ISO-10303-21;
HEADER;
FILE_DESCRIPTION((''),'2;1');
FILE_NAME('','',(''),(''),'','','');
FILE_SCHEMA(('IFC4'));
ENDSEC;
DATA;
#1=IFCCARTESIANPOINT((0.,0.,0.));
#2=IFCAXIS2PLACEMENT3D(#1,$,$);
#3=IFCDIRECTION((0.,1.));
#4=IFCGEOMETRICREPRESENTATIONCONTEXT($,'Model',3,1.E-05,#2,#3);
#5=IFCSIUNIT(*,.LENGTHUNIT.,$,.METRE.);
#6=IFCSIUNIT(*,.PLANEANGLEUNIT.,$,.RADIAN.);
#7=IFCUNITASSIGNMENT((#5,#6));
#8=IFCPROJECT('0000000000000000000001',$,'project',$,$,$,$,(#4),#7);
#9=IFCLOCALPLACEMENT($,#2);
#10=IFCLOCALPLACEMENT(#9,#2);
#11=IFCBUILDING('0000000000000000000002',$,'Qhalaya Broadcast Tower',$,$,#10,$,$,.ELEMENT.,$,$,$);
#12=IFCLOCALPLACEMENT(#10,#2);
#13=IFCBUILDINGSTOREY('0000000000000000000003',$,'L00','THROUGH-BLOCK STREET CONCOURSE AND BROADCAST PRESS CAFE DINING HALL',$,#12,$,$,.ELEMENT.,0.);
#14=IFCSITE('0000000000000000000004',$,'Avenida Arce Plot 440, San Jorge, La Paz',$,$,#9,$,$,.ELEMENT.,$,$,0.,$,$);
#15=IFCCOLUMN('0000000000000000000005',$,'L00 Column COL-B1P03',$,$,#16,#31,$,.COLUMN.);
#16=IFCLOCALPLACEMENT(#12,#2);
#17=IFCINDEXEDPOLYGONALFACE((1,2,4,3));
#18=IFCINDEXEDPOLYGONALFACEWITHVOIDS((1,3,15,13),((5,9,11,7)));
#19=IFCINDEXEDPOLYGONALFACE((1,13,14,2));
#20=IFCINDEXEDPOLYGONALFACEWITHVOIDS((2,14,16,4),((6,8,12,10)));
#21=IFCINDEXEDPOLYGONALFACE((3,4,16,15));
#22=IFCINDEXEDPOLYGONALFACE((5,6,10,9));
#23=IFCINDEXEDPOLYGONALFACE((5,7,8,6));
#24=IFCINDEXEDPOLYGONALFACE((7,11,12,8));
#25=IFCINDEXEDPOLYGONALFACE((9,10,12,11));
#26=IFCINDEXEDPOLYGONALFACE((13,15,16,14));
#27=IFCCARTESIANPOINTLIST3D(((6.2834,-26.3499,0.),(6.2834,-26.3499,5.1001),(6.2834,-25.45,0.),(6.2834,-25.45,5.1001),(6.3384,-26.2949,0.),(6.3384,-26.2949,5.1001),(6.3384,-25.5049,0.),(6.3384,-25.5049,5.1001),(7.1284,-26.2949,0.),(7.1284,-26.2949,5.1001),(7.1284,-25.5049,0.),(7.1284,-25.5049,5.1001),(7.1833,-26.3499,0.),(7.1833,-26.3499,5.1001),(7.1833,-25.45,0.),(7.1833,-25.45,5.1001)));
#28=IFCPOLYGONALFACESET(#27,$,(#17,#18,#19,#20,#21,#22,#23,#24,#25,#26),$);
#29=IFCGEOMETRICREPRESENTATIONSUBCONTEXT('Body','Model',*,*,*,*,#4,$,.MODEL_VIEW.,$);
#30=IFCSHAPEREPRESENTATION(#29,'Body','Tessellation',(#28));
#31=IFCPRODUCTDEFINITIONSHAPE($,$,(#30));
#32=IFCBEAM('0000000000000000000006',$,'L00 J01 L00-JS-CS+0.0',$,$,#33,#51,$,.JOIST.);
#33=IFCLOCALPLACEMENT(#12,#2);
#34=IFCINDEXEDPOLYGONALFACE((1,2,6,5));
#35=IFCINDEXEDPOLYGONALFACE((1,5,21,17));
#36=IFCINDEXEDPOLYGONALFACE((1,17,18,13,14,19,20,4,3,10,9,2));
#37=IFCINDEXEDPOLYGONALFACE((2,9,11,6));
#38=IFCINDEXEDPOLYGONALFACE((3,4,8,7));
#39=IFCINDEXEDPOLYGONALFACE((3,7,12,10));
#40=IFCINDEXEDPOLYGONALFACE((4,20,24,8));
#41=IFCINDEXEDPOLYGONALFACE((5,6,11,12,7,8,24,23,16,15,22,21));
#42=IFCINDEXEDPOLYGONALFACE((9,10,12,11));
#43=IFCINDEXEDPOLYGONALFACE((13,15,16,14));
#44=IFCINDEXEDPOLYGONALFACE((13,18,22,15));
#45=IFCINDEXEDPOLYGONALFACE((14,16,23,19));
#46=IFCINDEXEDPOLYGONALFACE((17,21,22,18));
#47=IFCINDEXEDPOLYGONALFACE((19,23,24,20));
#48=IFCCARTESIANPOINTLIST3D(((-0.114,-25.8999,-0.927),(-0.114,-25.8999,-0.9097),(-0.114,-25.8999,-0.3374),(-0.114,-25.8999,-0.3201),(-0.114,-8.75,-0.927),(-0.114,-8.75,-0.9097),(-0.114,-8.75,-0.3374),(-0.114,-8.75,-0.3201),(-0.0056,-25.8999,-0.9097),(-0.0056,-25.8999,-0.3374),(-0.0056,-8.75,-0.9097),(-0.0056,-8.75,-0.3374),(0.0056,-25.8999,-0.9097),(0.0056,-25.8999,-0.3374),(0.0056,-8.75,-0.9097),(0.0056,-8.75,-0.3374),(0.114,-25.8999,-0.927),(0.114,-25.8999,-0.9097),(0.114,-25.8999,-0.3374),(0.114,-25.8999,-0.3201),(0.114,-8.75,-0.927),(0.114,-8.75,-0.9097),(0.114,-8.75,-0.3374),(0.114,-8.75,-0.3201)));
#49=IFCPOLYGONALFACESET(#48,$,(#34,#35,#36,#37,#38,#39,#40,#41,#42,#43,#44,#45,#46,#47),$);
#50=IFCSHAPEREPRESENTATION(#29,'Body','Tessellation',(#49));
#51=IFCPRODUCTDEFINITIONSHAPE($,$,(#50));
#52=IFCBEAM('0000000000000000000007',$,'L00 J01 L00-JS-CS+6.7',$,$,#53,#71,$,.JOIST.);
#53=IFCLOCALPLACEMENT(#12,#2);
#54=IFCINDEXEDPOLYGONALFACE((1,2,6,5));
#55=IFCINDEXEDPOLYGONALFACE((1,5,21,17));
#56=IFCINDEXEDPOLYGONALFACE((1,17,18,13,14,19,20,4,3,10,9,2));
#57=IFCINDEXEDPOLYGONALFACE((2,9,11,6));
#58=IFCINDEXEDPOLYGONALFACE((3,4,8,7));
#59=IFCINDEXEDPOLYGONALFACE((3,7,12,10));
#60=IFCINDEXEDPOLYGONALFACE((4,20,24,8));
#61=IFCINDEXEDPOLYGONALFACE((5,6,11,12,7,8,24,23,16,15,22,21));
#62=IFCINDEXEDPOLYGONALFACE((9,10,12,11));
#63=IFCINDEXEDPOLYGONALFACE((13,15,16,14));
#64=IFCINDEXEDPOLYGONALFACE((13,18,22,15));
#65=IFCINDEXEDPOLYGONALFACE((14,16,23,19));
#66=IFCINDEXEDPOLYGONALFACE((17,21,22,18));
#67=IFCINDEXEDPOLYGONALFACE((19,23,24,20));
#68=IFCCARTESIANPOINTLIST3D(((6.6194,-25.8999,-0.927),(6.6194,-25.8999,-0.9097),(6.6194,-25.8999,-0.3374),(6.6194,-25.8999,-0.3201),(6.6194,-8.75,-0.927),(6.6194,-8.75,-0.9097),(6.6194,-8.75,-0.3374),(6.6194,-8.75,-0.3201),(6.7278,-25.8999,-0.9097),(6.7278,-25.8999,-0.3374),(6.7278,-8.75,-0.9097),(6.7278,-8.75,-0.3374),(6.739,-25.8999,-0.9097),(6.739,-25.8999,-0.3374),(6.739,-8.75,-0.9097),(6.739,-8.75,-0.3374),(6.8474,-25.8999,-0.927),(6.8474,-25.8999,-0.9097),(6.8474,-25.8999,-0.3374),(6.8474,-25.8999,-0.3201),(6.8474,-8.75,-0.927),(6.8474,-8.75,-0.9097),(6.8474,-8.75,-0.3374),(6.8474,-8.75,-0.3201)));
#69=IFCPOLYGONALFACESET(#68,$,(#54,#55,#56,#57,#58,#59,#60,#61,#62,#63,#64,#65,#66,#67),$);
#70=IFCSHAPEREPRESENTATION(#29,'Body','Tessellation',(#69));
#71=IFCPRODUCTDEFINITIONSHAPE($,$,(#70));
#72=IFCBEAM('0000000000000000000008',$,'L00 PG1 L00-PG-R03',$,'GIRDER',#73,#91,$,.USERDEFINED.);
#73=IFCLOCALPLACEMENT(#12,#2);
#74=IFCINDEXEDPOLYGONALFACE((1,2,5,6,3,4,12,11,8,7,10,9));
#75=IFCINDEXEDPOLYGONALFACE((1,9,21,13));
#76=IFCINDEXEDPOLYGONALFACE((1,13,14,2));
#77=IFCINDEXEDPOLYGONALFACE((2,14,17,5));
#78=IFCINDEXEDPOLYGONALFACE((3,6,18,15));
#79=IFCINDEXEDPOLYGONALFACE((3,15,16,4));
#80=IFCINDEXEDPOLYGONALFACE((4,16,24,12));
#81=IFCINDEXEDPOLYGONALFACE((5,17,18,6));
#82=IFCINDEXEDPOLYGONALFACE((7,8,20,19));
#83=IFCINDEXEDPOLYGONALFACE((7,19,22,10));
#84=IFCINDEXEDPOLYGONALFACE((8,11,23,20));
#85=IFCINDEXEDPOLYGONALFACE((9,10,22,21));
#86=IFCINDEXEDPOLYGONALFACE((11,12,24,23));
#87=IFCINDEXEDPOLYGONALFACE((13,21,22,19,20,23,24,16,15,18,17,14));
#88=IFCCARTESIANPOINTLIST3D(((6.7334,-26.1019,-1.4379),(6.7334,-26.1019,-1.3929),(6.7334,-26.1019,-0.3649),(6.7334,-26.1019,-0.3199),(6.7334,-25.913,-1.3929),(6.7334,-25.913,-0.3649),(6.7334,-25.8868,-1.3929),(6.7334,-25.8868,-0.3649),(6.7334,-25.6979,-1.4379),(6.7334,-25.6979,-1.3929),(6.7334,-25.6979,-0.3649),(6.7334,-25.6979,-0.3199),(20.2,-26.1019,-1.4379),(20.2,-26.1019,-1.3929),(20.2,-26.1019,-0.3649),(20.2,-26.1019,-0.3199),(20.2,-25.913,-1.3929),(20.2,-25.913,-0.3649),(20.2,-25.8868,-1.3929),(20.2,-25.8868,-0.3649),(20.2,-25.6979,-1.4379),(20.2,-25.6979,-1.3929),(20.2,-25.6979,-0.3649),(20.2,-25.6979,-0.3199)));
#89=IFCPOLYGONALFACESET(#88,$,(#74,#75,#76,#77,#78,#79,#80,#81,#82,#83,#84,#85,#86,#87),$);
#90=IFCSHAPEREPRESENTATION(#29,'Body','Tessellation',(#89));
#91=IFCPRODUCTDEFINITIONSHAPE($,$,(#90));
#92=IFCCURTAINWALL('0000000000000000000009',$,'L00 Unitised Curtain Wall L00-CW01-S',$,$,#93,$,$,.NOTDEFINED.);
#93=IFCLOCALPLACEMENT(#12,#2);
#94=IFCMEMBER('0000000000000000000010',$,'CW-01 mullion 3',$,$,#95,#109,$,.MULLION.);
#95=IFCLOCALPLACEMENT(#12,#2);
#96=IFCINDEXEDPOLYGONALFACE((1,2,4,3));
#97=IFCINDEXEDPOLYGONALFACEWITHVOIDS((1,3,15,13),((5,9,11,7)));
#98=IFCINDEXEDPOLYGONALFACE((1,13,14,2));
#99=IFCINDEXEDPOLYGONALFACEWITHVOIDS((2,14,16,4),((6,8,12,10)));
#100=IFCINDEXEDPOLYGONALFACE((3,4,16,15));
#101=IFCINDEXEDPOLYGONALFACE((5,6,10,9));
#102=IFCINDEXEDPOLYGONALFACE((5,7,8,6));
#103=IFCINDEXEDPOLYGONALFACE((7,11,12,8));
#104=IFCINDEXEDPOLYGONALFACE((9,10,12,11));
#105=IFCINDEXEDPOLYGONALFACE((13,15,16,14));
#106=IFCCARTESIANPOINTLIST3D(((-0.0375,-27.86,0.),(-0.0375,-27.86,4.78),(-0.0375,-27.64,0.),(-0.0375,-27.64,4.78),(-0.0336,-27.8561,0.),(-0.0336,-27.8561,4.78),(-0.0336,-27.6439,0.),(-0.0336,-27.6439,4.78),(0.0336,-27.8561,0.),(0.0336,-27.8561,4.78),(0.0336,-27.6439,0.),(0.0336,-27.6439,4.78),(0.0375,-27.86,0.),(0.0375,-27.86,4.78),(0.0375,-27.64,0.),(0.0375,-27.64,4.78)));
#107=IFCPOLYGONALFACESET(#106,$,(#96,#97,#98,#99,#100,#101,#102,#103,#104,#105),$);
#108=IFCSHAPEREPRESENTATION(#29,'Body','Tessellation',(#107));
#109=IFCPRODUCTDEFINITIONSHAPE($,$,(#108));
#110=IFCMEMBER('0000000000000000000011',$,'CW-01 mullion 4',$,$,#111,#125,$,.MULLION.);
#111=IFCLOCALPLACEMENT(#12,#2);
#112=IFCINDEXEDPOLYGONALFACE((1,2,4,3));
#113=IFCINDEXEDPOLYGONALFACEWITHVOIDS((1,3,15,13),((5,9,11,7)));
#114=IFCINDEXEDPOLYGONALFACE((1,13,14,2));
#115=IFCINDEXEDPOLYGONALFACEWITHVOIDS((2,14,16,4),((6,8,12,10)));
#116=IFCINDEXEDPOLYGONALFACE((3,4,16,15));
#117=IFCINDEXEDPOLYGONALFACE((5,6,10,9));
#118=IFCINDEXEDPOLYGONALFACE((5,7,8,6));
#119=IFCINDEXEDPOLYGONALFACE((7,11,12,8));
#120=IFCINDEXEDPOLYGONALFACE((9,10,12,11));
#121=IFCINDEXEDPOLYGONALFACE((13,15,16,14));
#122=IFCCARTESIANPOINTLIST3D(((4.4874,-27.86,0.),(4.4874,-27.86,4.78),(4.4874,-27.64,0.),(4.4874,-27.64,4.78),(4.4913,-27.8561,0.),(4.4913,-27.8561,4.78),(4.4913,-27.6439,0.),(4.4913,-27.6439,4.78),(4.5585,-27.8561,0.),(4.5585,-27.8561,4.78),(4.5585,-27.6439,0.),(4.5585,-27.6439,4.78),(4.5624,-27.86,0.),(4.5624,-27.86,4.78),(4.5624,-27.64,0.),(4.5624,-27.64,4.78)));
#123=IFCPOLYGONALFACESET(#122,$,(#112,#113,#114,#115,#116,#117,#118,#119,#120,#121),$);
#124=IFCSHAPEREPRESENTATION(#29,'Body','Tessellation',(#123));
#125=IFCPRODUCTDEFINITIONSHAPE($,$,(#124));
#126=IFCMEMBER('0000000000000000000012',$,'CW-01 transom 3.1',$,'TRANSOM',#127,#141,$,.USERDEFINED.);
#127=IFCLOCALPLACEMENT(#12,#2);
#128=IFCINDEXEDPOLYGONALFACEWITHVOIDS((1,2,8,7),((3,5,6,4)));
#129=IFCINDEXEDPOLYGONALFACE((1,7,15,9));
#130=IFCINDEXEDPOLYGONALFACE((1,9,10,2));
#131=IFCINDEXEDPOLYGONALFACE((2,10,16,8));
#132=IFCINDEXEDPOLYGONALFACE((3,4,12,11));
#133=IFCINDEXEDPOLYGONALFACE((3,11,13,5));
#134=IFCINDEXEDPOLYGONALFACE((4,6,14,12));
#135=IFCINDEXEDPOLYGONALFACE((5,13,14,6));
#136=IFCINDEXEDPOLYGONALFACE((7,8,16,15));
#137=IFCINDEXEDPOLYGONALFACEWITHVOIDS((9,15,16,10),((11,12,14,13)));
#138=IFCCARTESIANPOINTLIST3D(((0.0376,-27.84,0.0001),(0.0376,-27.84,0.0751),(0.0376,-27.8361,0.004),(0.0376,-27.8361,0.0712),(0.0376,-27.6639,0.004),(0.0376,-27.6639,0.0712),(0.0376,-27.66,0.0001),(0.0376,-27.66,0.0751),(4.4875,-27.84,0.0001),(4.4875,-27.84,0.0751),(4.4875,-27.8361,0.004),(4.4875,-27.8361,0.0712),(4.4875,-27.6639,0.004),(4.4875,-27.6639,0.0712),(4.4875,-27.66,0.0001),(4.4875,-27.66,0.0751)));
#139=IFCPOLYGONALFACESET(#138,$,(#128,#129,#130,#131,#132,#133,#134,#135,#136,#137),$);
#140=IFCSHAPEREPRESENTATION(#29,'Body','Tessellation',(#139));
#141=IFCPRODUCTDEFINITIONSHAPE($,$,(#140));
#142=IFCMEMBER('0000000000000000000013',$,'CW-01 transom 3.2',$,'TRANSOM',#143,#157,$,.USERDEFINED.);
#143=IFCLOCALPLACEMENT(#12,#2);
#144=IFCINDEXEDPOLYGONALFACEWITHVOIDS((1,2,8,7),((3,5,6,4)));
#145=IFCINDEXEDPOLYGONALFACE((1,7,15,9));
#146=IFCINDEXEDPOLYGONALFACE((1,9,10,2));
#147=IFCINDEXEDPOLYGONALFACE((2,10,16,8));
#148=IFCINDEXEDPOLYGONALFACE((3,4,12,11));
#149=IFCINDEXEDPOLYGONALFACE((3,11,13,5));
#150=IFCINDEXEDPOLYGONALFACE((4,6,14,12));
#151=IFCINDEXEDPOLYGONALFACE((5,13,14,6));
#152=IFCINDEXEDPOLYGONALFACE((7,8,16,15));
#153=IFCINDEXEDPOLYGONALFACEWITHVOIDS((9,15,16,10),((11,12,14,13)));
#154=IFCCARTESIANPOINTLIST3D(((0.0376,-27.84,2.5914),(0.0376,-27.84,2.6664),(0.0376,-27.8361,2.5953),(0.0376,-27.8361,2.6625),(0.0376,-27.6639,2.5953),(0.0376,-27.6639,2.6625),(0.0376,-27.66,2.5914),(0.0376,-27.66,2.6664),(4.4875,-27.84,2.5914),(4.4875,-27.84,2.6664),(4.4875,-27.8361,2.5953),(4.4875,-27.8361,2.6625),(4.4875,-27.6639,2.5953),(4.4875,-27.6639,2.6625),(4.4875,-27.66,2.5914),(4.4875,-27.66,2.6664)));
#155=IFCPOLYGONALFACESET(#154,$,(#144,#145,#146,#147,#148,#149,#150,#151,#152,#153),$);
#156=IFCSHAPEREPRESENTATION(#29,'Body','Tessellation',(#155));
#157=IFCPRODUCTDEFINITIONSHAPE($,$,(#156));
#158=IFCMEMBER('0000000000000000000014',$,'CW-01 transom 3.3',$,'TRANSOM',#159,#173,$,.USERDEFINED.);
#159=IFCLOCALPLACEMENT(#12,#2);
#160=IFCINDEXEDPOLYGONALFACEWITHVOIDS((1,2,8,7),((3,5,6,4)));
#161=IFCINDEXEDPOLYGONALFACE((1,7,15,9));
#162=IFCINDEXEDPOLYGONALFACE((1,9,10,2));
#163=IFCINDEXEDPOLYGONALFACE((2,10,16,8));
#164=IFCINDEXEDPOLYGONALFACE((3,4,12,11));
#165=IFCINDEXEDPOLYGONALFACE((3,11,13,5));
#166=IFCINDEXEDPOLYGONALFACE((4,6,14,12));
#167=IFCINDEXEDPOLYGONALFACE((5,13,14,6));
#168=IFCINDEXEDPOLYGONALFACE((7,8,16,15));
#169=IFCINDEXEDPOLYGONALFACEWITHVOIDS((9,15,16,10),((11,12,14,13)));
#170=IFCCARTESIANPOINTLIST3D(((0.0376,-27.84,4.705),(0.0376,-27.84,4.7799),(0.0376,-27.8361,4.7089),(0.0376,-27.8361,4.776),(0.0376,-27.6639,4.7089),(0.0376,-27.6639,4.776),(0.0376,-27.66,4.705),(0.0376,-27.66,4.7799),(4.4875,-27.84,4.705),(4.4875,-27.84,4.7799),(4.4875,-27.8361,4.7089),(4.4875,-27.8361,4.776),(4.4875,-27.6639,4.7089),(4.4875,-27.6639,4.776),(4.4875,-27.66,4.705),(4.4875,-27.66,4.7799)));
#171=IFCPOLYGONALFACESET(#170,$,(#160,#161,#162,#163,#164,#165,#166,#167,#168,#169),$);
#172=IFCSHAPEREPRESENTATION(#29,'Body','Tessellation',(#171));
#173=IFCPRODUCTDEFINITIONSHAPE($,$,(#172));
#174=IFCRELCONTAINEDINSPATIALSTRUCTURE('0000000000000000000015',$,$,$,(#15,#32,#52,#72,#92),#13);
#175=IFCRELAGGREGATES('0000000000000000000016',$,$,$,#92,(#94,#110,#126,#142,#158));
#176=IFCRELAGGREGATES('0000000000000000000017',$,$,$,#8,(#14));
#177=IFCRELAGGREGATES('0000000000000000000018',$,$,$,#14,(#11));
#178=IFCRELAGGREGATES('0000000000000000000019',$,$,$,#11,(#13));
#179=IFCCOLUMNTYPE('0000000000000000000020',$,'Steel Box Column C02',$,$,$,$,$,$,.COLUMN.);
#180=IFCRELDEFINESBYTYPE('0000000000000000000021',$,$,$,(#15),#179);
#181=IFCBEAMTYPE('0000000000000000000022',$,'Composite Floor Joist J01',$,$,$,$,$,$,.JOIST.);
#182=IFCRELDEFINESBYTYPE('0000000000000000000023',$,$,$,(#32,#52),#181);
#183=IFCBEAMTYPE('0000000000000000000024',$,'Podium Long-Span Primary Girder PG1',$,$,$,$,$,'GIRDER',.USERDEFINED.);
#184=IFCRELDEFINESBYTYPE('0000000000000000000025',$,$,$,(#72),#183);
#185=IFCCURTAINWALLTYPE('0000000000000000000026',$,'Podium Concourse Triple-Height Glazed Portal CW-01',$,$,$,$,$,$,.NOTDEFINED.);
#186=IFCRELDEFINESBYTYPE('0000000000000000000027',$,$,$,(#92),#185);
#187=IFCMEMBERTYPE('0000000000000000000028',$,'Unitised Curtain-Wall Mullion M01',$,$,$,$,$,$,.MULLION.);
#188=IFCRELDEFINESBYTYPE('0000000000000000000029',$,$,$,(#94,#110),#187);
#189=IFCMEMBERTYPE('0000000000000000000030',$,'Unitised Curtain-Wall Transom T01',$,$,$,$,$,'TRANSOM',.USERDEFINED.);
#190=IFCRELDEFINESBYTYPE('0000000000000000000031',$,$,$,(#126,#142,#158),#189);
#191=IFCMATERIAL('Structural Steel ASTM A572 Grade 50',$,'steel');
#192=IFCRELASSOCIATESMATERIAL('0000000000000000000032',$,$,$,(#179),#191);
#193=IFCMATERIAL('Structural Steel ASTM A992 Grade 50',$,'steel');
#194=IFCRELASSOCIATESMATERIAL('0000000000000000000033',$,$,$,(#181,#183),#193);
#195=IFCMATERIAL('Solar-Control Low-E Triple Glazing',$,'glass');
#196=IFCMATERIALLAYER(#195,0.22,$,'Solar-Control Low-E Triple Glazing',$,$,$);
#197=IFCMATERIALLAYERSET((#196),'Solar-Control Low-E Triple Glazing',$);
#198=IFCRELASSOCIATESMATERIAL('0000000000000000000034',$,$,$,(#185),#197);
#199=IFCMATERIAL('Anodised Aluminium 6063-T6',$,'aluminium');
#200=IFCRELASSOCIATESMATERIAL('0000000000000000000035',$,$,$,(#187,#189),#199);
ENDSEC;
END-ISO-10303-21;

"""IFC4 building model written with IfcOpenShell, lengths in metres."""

from ifc_helpers import new_model, si_unit, direction, frame, origin, origin_2d, place, context, subcontext, project, spatial, hollow_rectangle, i_section, extrude, material, layer, layer_set, material_profile, profile_set, type_object, element, aggregate, save


model = new_model("IFC4")

# Units and contexts
model_context = context("Model", 3, precision=1e-05, world=origin(), true_north=direction((0.0, 1.0)))
body_context = subcontext(model_context, "Body", "Model", "MODEL_VIEW")
ifc_project = project(units=[si_unit("LENGTHUNIT", "METRE"), si_unit("PLANEANGLEUNIT", "RADIAN")], contexts=[model_context])

# Site, building, storey
site_placement = place(None, origin())
site = spatial("IfcSite", under=ifc_project, at=site_placement, Name="Avenida Arce Plot 440, San Jorge, La Paz", CompositionType="ELEMENT", RefElevation=0.0)
building_placement = place(site_placement, origin())
building = spatial("IfcBuilding", under=site, at=building_placement, Name="Qhalaya Broadcast Tower", CompositionType="ELEMENT")
storey_placement = place(building_placement, origin())
storey = spatial("IfcBuildingStorey", under=building, at=storey_placement, Name="L00", Description="THROUGH-BLOCK STREET CONCOURSE AND BROADCAST PRESS CAFE DINING HALL", CompositionType="ELEMENT", Elevation=0.0)

# Column
ifc_material_1 = material(Name="Structural Steel ASTM A572 Grade 50", Category="steel")
ifc_material_profile_1 = material_profile(ifc_material_1, hollow_rectangle(XDim=0.8999, YDim=0.8999, WallThickness=0.0549, at=origin_2d()), Name="BOX 900x900x55")
ifc_profile_set_1 = profile_set([ifc_material_profile_1], Name="Structural Steel ASTM A572 Grade 50")
column_type = type_object("IfcColumnType", Name="Steel Box Column C02", PredefinedType="COLUMN", material=ifc_profile_set_1)
column_placement = place(storey_placement, frame((6.7334, -25.8999, 0.0), z_axis=(0.0, 0.0, 1.0), x_axis=(1.0, 0.0, 0.0)))
element("IfcColumn", 1, at=column_placement, inside=storey, type_object=column_type, Name="L00 Column COL-B1P03", PredefinedType="COLUMN", context=body_context, shape_type="SweptSolid", body=[
    extrude(hollow_rectangle(XDim=0.8999, YDim=0.8999, WallThickness=0.0549, at=origin_2d()), origin(), (0.0, 0.0, 1.0), 5.1001),
])

# Beams
ifc_material_2 = material(Name="Structural Steel ASTM A992 Grade 50", Category="steel")
ifc_material_profile_2 = material_profile(ifc_material_2, i_section(OverallWidth=0.228, OverallDepth=0.6069, WebThickness=0.0112, FlangeThickness=0.0173, at=origin_2d()), Name="W24X76")
ifc_profile_set_2 = profile_set([ifc_material_profile_2], Name="Structural Steel ASTM A992 Grade 50")
beam_type_1 = type_object("IfcBeamType", Name="Composite Floor Joist J01", PredefinedType="JOIST", material=ifc_profile_set_2)
for number, where, z_axis, x_axis, name in (
    (2, (0.0, -25.8999, -0.6235), (0.0, 1.0, 0.0), (-1.0, 0.0, 0.0), "L00 J01 L00-JS-CS+0.0"),
    (3, (6.7334, -25.8999, -0.6235), (0.0, 1.0, 0.0), (-1.0, 0.0, 0.0), "L00 J01 L00-JS-CS+6.7"),
):
    element("IfcBeam", number, at=place(storey_placement, frame(where, z_axis=z_axis, x_axis=x_axis)), inside=storey, type_object=beam_type_1, Name=name, PredefinedType="JOIST", context=body_context, shape_type="SweptSolid", body=[
        extrude(i_section(OverallWidth=0.228, OverallDepth=0.6069, WebThickness=0.0112, FlangeThickness=0.0173, at=origin_2d()), origin(), (0.0, 0.0, 1.0), 17.1499),
    ])
ifc_material_profile_3 = material_profile(ifc_material_2, i_section(OverallWidth=0.4041, OverallDepth=1.1179, WebThickness=0.0261, FlangeThickness=0.0449, at=origin_2d()), Name="W44X335")
ifc_profile_set_3 = profile_set([ifc_material_profile_3], Name="Structural Steel ASTM A992 Grade 50")
beam_type_2 = type_object("IfcBeamType", Name="Podium Long-Span Primary Girder PG1", ElementType="GIRDER", PredefinedType="USERDEFINED", material=ifc_profile_set_3)
beam_placement = place(storey_placement, frame((6.7334, -25.8999, -0.8789), z_axis=(1.0, 0.0, 0.0), x_axis=(0.0, 1.0, 0.0)))
element("IfcBeam", 4, at=beam_placement, inside=storey, type_object=beam_type_2, Name="L00 PG1 L00-PG-R03", ObjectType="GIRDER", PredefinedType="USERDEFINED", context=body_context, shape_type="SweptSolid", body=[
    extrude(i_section(OverallWidth=0.4041, OverallDepth=1.1179, WebThickness=0.0261, FlangeThickness=0.0449, at=origin_2d()), origin(), (0.0, 0.0, 1.0), 13.4666),
])

# Curtain wall, members
ifc_material_3 = material(Name="Solar-Control Low-E Triple Glazing", Category="glass")
ifc_layer_1 = layer(ifc_material_3, 0.22, Name="Solar-Control Low-E Triple Glazing")
ifc_layer_set_1 = layer_set([ifc_layer_1], Name="Solar-Control Low-E Triple Glazing")
curtain_wall_type = type_object("IfcCurtainWallType", Name="Podium Concourse Triple-Height Glazed Portal CW-01", PredefinedType="NOTDEFINED", material=ifc_layer_set_1)
curtain_wall_placement = place(storey_placement, origin())
curtain_wall = element("IfcCurtainWall", 5, at=curtain_wall_placement, inside=storey, type_object=curtain_wall_type, Name="L00 Unitised Curtain Wall L00-CW01-S", PredefinedType="NOTDEFINED")
ifc_material_4 = material(Name="Anodised Aluminium 6063-T6", Category="aluminium")
ifc_material_profile_4 = material_profile(ifc_material_4, hollow_rectangle(XDim=0.075, YDim=0.22, WallThickness=0.0039, at=origin_2d()), Name="ALU-MUL 75x220x4")
ifc_profile_set_4 = profile_set([ifc_material_profile_4], Name="Anodised Aluminium 6063-T6")
member_type_1 = type_object("IfcMemberType", Name="Unitised Curtain-Wall Mullion M01", PredefinedType="MULLION", material=ifc_profile_set_4)
member_1_placement = place(storey_placement, frame((0.0, -27.75, 0.0), z_axis=(0.0, 0.0, 1.0), x_axis=(1.0, 0.0, 0.0)))
member_1 = element("IfcMember", 6, at=member_1_placement, type_object=member_type_1, Name="CW-01 mullion 3", PredefinedType="MULLION", context=body_context, shape_type="SweptSolid", body=[
    extrude(hollow_rectangle(XDim=0.075, YDim=0.22, WallThickness=0.0039, at=origin_2d()), origin(), (0.0, 0.0, 1.0), 4.78),
])
member_2_placement = place(storey_placement, frame((4.5249, -27.75, 0.0), z_axis=(0.0, 0.0, 1.0), x_axis=(1.0, 0.0, 0.0)))
member_2 = element("IfcMember", 7, at=member_2_placement, type_object=member_type_1, Name="CW-01 mullion 4", PredefinedType="MULLION", context=body_context, shape_type="SweptSolid", body=[
    extrude(hollow_rectangle(XDim=0.075, YDim=0.22, WallThickness=0.0039, at=origin_2d()), origin(), (0.0, 0.0, 1.0), 4.78),
])
ifc_material_profile_5 = material_profile(ifc_material_4, hollow_rectangle(XDim=0.075, YDim=0.1799, WallThickness=0.0039, at=origin_2d()), Name="ALU-TRN 75x180x4")
ifc_profile_set_5 = profile_set([ifc_material_profile_5], Name="Anodised Aluminium 6063-T6")
member_type_2 = type_object("IfcMemberType", Name="Unitised Curtain-Wall Transom T01", ElementType="TRANSOM", PredefinedType="USERDEFINED", material=ifc_profile_set_5)
member_3_placement = place(storey_placement, frame((0.0376, -27.75, 0.0376), z_axis=(1.0, 0.0, 0.0), x_axis=(0.0, 0.0, 1.0)))
member_3 = element("IfcMember", 8, at=member_3_placement, type_object=member_type_2, Name="CW-01 transom 3.1", ObjectType="TRANSOM", PredefinedType="USERDEFINED", context=body_context, shape_type="SweptSolid", body=[
    extrude(hollow_rectangle(XDim=0.075, YDim=0.1799, WallThickness=0.0039, at=origin_2d()), origin(), (0.0, 0.0, 1.0), 4.45),
])
member_4_placement = place(storey_placement, frame((0.0376, -27.75, 2.6289), z_axis=(1.0, 0.0, 0.0), x_axis=(0.0, 0.0, 1.0)))
member_4 = element("IfcMember", 9, at=member_4_placement, type_object=member_type_2, Name="CW-01 transom 3.2", ObjectType="TRANSOM", PredefinedType="USERDEFINED", context=body_context, shape_type="SweptSolid", body=[
    extrude(hollow_rectangle(XDim=0.075, YDim=0.1799, WallThickness=0.0039, at=origin_2d()), origin(), (0.0, 0.0, 1.0), 4.45),
])
member_5_placement = place(storey_placement, frame((0.0376, -27.75, 4.7424), z_axis=(1.0, 0.0, 0.0), x_axis=(0.0, 0.0, 1.0)))
member_5 = element("IfcMember", 10, at=member_5_placement, type_object=member_type_2, Name="CW-01 transom 3.3", ObjectType="TRANSOM", PredefinedType="USERDEFINED", context=body_context, shape_type="SweptSolid", body=[
    extrude(hollow_rectangle(XDim=0.075, YDim=0.1799, WallThickness=0.0039, at=origin_2d()), origin(), (0.0, 0.0, 1.0), 4.45),
])
aggregate(curtain_wall, [member_1, member_2, member_3, member_4, member_5])

save(model, "model.ifc")
